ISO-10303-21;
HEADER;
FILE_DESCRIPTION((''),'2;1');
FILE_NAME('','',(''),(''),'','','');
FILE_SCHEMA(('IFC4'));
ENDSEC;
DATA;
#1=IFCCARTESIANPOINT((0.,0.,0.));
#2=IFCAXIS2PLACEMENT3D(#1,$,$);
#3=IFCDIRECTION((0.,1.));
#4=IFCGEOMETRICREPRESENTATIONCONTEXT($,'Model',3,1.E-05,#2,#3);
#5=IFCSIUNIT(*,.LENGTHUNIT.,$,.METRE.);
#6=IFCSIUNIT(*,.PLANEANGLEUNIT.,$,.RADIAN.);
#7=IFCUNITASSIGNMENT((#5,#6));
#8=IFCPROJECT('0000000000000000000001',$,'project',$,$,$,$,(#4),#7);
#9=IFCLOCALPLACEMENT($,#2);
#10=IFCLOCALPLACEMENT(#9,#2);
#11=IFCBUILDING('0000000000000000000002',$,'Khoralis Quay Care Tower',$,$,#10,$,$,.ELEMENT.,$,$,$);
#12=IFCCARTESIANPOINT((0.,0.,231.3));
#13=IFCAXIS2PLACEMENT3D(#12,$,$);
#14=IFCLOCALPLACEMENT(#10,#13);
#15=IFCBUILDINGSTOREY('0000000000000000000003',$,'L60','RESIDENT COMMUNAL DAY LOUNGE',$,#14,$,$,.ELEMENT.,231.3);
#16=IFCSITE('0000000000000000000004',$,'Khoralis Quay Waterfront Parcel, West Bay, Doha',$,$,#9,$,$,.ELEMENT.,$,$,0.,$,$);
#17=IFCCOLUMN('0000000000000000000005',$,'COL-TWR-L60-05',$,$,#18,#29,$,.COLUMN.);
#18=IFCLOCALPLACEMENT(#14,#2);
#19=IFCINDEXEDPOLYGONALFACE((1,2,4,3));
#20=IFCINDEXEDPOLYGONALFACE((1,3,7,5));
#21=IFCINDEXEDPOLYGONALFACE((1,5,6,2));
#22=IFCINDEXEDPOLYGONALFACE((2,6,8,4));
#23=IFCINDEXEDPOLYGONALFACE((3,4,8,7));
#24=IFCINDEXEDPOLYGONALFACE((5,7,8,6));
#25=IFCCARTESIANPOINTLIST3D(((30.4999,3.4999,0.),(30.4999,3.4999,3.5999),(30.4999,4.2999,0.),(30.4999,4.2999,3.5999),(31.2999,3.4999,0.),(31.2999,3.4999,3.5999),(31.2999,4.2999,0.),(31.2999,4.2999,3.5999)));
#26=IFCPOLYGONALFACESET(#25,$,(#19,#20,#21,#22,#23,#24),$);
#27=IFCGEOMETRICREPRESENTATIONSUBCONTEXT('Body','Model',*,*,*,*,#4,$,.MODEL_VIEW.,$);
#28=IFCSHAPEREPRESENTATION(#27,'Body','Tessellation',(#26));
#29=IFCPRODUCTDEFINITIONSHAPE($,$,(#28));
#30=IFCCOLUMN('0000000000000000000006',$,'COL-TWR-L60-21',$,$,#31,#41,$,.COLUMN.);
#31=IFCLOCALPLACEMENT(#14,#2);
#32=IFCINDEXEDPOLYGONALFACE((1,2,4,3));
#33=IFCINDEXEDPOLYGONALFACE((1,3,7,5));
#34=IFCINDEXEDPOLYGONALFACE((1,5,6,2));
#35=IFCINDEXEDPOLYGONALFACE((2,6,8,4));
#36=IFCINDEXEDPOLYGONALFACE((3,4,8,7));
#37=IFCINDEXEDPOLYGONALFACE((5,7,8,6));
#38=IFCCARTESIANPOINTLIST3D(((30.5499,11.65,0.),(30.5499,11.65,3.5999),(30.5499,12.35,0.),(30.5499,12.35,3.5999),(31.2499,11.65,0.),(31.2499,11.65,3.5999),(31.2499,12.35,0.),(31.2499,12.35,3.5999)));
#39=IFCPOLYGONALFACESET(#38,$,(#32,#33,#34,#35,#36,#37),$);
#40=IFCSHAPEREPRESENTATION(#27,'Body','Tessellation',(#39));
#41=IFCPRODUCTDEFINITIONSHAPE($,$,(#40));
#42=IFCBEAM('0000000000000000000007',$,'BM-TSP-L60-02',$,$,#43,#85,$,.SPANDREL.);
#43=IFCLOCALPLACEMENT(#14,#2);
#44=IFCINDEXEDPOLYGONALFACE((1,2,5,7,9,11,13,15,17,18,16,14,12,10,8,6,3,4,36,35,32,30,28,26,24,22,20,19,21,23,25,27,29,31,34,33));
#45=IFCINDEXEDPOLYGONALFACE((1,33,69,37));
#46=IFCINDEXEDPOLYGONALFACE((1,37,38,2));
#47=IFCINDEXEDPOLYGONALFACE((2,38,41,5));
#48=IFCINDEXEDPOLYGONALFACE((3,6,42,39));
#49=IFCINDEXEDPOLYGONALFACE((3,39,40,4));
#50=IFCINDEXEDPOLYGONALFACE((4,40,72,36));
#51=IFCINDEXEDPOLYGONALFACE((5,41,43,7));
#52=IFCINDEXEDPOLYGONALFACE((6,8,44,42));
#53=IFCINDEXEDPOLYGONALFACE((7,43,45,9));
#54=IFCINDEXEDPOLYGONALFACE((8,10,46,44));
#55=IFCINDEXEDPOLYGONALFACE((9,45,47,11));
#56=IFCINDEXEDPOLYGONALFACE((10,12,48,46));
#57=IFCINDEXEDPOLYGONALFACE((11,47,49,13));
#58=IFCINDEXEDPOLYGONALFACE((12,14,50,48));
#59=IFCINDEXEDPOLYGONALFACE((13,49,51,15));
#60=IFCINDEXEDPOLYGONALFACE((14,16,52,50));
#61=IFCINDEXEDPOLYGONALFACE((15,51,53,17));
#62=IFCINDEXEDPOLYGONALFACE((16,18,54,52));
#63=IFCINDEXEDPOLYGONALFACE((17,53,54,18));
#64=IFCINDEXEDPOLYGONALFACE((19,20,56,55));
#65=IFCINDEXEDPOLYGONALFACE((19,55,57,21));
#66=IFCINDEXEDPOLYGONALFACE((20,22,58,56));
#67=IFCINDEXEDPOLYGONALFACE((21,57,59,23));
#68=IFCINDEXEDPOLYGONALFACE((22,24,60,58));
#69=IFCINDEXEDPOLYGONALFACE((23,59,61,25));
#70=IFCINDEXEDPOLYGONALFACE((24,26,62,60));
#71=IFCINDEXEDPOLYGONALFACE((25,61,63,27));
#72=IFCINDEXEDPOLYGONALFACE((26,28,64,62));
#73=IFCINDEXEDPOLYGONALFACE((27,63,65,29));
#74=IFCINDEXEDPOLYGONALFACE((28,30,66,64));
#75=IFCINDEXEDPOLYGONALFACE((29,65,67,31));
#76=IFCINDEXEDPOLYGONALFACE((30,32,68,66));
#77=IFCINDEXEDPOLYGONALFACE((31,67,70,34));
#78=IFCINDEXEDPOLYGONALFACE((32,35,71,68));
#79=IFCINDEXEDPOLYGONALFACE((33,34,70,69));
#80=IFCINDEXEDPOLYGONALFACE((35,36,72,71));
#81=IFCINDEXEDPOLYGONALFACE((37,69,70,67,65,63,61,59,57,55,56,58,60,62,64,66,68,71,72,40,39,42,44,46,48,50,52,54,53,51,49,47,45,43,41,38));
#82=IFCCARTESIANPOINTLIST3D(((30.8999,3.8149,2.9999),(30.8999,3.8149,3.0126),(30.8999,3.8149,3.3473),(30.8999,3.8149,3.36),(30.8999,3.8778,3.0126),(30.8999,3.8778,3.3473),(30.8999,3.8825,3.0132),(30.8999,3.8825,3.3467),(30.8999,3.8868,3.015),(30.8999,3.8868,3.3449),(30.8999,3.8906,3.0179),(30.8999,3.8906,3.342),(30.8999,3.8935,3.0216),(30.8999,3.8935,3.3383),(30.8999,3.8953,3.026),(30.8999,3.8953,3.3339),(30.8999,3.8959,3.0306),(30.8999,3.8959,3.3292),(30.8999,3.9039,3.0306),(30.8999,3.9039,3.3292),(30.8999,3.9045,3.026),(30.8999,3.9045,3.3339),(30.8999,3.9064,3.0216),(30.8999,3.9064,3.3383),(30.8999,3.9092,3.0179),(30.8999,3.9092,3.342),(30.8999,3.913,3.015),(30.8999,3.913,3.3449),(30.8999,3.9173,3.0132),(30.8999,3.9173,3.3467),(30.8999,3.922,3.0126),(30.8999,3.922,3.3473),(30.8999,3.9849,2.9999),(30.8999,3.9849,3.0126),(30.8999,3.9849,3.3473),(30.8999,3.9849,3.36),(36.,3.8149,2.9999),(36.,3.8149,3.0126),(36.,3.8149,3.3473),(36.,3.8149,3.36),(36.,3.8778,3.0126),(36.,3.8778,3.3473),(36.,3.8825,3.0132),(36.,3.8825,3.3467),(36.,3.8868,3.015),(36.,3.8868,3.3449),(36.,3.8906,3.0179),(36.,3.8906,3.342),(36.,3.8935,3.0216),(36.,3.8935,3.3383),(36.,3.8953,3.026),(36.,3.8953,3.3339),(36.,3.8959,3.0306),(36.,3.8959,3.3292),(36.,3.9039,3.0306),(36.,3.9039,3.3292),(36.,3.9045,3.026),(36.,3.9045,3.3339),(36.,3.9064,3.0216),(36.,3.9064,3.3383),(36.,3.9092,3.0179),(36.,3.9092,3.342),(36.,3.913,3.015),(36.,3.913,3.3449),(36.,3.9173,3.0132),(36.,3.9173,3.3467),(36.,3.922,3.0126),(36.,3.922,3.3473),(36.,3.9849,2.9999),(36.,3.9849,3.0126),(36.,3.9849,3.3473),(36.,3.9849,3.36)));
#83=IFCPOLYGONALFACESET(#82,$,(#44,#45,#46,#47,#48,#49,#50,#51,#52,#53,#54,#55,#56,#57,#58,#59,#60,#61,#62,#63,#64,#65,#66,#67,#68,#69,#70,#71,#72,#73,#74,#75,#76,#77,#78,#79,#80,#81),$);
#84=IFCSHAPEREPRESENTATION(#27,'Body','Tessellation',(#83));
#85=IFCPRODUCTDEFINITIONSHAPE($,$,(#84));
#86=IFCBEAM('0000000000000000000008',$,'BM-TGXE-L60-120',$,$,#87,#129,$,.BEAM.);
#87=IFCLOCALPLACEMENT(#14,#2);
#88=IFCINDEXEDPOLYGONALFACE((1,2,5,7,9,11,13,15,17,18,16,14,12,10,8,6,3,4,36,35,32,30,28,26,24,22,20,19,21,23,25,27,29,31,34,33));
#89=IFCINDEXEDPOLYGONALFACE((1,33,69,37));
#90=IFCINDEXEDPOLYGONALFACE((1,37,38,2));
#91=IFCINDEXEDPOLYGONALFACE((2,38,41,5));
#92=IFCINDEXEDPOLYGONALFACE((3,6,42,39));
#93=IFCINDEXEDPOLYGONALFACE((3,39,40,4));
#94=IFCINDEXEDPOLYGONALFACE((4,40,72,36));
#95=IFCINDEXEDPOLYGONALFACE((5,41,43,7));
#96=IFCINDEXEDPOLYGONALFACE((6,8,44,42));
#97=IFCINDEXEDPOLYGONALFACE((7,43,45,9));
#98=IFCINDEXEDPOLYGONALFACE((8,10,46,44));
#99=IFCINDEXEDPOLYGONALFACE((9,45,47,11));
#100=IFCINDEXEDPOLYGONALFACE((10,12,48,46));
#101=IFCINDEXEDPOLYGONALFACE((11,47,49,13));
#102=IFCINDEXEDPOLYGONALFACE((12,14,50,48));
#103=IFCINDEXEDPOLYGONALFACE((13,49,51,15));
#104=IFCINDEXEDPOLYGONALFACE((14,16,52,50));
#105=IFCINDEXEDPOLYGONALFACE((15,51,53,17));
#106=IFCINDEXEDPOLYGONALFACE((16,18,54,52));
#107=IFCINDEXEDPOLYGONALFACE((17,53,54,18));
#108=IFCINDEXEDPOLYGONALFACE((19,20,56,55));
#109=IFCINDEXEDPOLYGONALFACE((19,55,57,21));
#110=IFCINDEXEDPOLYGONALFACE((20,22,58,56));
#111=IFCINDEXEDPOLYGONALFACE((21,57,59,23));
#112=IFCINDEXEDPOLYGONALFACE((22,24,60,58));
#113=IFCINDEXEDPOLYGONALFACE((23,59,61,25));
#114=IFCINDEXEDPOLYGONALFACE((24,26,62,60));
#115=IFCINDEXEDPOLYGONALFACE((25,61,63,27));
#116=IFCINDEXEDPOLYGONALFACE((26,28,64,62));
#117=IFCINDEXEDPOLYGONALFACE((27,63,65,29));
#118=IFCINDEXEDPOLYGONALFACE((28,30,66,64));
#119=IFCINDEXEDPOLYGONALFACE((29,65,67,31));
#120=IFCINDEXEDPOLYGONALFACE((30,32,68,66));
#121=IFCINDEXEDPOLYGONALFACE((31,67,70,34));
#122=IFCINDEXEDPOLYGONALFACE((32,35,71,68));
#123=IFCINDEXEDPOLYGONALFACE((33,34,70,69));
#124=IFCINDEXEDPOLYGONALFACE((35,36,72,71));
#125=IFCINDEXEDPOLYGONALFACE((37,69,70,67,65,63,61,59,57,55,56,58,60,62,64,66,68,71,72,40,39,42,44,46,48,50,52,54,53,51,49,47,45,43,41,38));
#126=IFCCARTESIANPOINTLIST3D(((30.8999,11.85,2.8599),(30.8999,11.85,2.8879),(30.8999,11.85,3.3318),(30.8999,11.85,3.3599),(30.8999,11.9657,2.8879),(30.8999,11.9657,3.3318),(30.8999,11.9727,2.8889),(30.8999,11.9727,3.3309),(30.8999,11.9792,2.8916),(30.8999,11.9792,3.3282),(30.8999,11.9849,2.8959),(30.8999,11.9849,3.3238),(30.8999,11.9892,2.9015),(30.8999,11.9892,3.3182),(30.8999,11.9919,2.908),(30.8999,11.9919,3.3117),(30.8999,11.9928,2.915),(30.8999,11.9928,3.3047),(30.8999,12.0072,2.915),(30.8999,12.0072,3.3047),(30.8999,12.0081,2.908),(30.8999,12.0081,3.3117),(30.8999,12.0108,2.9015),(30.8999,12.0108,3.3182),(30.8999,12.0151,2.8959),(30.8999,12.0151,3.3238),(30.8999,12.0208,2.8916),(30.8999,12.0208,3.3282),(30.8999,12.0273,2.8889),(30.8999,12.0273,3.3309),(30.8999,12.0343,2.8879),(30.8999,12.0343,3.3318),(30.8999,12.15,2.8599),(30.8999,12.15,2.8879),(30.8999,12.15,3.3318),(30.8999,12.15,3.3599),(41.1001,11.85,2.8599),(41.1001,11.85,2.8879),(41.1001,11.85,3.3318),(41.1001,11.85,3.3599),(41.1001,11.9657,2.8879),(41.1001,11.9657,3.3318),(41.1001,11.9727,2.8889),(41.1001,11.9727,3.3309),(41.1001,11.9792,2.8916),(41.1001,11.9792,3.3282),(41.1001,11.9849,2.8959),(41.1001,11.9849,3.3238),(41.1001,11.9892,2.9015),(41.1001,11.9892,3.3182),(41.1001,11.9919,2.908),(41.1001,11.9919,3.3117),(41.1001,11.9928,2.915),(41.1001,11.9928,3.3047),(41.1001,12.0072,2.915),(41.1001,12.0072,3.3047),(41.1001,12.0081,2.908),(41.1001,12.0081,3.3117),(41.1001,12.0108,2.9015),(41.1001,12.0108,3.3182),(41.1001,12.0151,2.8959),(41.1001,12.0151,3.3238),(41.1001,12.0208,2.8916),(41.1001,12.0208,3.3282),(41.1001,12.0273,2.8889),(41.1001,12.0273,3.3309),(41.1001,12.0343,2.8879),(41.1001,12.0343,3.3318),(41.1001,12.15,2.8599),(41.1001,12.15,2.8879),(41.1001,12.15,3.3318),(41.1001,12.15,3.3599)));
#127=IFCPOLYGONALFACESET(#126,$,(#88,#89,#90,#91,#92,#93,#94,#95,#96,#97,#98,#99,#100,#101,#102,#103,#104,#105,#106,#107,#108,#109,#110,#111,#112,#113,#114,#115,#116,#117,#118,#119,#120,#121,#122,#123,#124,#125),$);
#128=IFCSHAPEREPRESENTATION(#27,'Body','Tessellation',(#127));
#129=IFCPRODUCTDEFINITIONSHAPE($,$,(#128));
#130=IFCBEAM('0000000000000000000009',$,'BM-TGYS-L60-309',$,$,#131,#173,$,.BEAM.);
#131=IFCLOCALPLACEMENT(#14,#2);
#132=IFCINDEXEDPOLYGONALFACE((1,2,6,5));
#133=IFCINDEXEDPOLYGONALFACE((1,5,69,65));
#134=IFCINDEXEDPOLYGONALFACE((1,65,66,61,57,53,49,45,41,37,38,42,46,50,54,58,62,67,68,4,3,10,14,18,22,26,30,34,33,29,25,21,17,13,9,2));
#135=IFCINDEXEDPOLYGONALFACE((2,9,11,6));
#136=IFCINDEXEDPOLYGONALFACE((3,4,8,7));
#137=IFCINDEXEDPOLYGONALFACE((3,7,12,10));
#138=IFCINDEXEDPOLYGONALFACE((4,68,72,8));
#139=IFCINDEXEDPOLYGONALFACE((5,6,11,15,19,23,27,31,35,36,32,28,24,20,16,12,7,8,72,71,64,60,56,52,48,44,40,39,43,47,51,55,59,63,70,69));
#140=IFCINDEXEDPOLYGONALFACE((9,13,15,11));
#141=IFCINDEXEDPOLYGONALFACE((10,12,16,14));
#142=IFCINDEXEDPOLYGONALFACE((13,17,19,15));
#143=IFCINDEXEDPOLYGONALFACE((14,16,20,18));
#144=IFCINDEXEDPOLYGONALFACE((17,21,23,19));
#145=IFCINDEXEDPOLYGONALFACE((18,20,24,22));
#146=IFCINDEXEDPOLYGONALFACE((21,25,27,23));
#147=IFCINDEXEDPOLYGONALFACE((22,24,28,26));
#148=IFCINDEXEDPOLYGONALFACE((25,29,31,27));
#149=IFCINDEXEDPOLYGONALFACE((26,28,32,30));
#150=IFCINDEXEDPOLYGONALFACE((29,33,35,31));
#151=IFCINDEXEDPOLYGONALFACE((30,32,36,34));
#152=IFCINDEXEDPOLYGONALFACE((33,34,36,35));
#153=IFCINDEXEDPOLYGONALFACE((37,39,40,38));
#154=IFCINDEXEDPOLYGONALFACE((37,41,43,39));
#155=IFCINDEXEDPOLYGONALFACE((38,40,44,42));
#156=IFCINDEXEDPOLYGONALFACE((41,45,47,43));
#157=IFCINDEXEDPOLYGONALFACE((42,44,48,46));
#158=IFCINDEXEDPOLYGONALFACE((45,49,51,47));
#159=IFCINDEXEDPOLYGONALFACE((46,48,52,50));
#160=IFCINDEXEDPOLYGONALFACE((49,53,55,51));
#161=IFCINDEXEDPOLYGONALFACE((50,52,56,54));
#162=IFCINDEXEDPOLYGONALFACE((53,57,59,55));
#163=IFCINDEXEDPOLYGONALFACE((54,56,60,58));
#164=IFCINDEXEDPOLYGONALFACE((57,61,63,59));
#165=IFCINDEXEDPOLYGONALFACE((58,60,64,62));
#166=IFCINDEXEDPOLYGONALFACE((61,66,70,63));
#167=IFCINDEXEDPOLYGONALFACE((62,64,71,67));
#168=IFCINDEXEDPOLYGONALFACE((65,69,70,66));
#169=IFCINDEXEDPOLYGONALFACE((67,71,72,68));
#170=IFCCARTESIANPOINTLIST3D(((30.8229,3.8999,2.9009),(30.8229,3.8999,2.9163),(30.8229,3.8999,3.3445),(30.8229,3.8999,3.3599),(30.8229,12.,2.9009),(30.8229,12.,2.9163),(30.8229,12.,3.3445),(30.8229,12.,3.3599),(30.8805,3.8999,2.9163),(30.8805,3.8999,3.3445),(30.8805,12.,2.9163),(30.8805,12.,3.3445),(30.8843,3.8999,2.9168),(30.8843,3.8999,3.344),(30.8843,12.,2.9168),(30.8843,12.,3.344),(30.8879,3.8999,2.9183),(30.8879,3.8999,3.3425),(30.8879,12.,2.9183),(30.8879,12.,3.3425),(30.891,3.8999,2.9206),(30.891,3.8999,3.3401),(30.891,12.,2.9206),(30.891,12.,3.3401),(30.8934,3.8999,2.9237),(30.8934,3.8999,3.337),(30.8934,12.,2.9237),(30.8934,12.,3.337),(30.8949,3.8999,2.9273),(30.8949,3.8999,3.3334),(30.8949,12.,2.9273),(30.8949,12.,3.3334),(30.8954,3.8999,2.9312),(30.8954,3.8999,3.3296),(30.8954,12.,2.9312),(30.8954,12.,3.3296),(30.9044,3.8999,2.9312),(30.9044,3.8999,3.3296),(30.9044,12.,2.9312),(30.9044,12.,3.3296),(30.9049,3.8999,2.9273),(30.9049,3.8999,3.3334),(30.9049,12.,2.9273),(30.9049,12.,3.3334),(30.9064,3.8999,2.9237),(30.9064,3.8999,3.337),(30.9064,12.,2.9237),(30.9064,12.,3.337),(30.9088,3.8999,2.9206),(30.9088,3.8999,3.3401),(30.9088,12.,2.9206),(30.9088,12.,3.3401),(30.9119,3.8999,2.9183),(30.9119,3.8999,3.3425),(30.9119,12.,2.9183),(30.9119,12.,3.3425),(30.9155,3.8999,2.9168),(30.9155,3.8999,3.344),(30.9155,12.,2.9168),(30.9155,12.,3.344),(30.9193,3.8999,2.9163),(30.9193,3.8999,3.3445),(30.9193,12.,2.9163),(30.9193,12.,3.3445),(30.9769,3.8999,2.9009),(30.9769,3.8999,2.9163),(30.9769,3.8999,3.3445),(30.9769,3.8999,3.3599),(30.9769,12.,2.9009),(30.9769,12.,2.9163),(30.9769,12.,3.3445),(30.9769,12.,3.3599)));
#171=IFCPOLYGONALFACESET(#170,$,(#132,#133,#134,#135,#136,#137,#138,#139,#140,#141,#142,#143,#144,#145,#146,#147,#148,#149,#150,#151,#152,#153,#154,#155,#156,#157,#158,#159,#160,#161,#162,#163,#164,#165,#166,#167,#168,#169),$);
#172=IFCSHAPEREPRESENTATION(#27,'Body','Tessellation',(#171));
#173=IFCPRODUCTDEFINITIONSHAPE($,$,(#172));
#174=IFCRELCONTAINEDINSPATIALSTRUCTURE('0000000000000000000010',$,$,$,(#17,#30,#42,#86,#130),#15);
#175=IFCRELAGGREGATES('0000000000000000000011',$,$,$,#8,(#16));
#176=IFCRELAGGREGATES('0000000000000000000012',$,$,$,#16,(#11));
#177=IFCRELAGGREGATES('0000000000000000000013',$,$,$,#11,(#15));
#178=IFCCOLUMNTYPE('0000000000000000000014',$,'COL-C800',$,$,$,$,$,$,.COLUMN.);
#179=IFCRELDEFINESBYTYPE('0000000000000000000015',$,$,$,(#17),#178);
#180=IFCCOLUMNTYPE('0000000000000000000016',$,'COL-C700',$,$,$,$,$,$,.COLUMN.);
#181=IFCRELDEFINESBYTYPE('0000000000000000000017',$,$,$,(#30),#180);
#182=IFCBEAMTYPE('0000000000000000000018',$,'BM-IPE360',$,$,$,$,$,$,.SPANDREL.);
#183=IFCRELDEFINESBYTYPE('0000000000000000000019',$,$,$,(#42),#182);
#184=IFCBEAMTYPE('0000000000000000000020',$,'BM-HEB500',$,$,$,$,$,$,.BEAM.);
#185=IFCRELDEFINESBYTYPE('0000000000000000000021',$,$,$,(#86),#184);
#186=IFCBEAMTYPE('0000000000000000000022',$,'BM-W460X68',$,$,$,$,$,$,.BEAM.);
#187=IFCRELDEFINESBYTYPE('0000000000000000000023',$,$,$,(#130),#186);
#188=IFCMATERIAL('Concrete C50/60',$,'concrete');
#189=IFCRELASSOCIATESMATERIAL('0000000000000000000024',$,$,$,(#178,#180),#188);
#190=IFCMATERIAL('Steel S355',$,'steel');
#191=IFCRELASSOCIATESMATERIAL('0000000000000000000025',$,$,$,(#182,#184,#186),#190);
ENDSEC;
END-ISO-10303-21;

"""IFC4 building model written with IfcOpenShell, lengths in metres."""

from ifc_helpers import new_model, si_unit, direction, frame, origin, origin_2d, place, context, subcontext, project, spatial, rectangle, i_section, extrude, source, transform, mapped, material, material_profile, profile_set, type_object, element, save


model = new_model("IFC4")

# Units and contexts
model_context = context("Model", 3, precision=1e-05, world=origin(), true_north=direction((0.0, 1.0)))
body_context = subcontext(model_context, "Body", "Model", "MODEL_VIEW")
ifc_project = project(units=[si_unit("LENGTHUNIT", "METRE"), si_unit("PLANEANGLEUNIT", "RADIAN")], contexts=[model_context])

# Site, building, storey
site_placement = place(None, origin())
site = spatial("IfcSite", under=ifc_project, at=site_placement, Name="Khoralis Quay Waterfront Parcel, West Bay, Doha", CompositionType="ELEMENT", RefElevation=0.0)
building_placement = place(site_placement, origin())
building = spatial("IfcBuilding", under=site, at=building_placement, Name="Khoralis Quay Care Tower", CompositionType="ELEMENT")
storey_placement = place(building_placement, frame((0.0, 0.0, 231.3)))
storey = spatial("IfcBuildingStorey", under=building, at=storey_placement, Name="L60", Description="RESIDENT COMMUNAL DAY LOUNGE", CompositionType="ELEMENT", Elevation=231.3)

# Columns
ifc_material_1 = material(Name="Concrete C50/60", Category="concrete")
ifc_material_profile_1 = material_profile(ifc_material_1, rectangle(XDim=0.8, YDim=0.8, at=origin_2d()), Name="Concrete C50/60")
ifc_profile_set_1 = profile_set([ifc_material_profile_1], Name="Concrete C50/60")
column_type_1 = type_object("IfcColumnType", Name="COL-C800", PredefinedType="COLUMN", material=ifc_profile_set_1)
shared_shape_1 = source(origin(), body_context, "Body", "SweptSolid", [
    extrude(rectangle(XDim=0.8, YDim=0.8, at=origin_2d()), origin(), (0.0, 0.0, 1.0), 3.5999),
])
column_1_placement = place(storey_placement, frame((30.8999, 3.8999, 0.0), z_axis=(0.0, 0.0, 1.0), x_axis=(1.0, 0.0, 0.0)))
element("IfcColumn", 1, at=column_1_placement, inside=storey, type_object=column_type_1, Name="COL-TWR-L60-05", PredefinedType="COLUMN", context=body_context, shape_type="MappedRepresentation", body=[
    mapped(shared_shape_1, transform((0.0, 0.0, 0.0), scale=1.0)),
])
ifc_material_profile_2 = material_profile(ifc_material_1, rectangle(XDim=0.7, YDim=0.7, at=origin_2d()), Name="Concrete C50/60")
ifc_profile_set_2 = profile_set([ifc_material_profile_2], Name="Concrete C50/60")
column_type_2 = type_object("IfcColumnType", Name="COL-C700", PredefinedType="COLUMN", material=ifc_profile_set_2)
shared_shape_2 = source(origin(), body_context, "Body", "SweptSolid", [
    extrude(rectangle(XDim=0.7, YDim=0.7, at=origin_2d()), origin(), (0.0, 0.0, 1.0), 3.5999),
])
column_2_placement = place(storey_placement, frame((30.8999, 12.0, 0.0), z_axis=(0.0, 0.0, 1.0), x_axis=(1.0, 0.0, 0.0)))
element("IfcColumn", 2, at=column_2_placement, inside=storey, type_object=column_type_2, Name="COL-TWR-L60-21", PredefinedType="COLUMN", context=body_context, shape_type="MappedRepresentation", body=[
    mapped(shared_shape_2, transform((0.0, 0.0, 0.0), scale=1.0)),
])

# Beams
ifc_material_2 = material(Name="Steel S355", Category="steel")
ifc_material_profile_3 = material_profile(ifc_material_2, i_section(OverallWidth=0.1699, OverallDepth=0.3601, WebThickness=0.0081, FlangeThickness=0.0127, FilletRadius=0.0181, at=origin_2d()), Name="Steel S355")
ifc_profile_set_3 = profile_set([ifc_material_profile_3], Name="Steel S355")
beam_type_1 = type_object("IfcBeamType", Name="BM-IPE360", PredefinedType="SPANDREL", material=ifc_profile_set_3)
shared_shape_3 = source(origin(), body_context, "Body", "SweptSolid", [
    extrude(i_section(OverallWidth=0.1699, OverallDepth=0.3601, WebThickness=0.0081, FlangeThickness=0.0127, FilletRadius=0.0181, at=origin_2d()), origin(), (0.0, 0.0, 1.0), 5.1001),
])
beam_1_placement = place(storey_placement, frame((30.8999, 3.8999, 3.1799), z_axis=(1.0, 0.0, 0.0), x_axis=(0.0, 1.0, 0.0)))
element("IfcBeam", 3, at=beam_1_placement, inside=storey, type_object=beam_type_1, Name="BM-TSP-L60-02", PredefinedType="SPANDREL", context=body_context, shape_type="MappedRepresentation", body=[
    mapped(shared_shape_3, transform((0.0, 0.0, 0.0), scale=1.0)),
])
ifc_material_profile_4 = material_profile(ifc_material_2, i_section(OverallWidth=0.3, OverallDepth=0.5, WebThickness=0.0144, FlangeThickness=0.0281, FilletRadius=0.0271, at=origin_2d()), Name="Steel S355")
ifc_profile_set_4 = profile_set([ifc_material_profile_4], Name="Steel S355")
beam_type_2 = type_object("IfcBeamType", Name="BM-HEB500", PredefinedType="BEAM", material=ifc_profile_set_4)
shared_shape_4 = source(origin(), body_context, "Body", "SweptSolid", [
    extrude(i_section(OverallWidth=0.3, OverallDepth=0.5, WebThickness=0.0144, FlangeThickness=0.0281, FilletRadius=0.0271, at=origin_2d()), origin(), (0.0, 0.0, 1.0), 10.2002),
])
beam_2_placement = place(storey_placement, frame((30.8999, 12.0, 3.1099), z_axis=(1.0, 0.0, 0.0), x_axis=(0.0, 1.0, 0.0)))
element("IfcBeam", 4, at=beam_2_placement, inside=storey, type_object=beam_type_2, Name="BM-TGXE-L60-120", PredefinedType="BEAM", context=body_context, shape_type="MappedRepresentation", body=[
    mapped(shared_shape_4, transform((0.0, 0.0, 0.0), scale=1.0)),
])
ifc_material_profile_5 = material_profile(ifc_material_2, i_section(OverallWidth=0.1541, OverallDepth=0.459, WebThickness=0.009, FlangeThickness=0.0154, FilletRadius=0.0149, at=origin_2d()), Name="Steel S355")
ifc_profile_set_5 = profile_set([ifc_material_profile_5], Name="Steel S355")
beam_type_3 = type_object("IfcBeamType", Name="BM-W460X68", PredefinedType="BEAM", material=ifc_profile_set_5)
shared_shape_5 = source(origin(), body_context, "Body", "SweptSolid", [
    extrude(i_section(OverallWidth=0.1541, OverallDepth=0.459, WebThickness=0.009, FlangeThickness=0.0154, FilletRadius=0.0149, at=origin_2d()), origin(), (0.0, 0.0, 1.0), 8.1001),
])
beam_3_placement = place(storey_placement, frame((30.8999, 3.8999, 3.1304), z_axis=(0.0, 1.0, 0.0), x_axis=(-1.0, 0.0, 0.0)))
element("IfcBeam", 5, at=beam_3_placement, inside=storey, type_object=beam_type_3, Name="BM-TGYS-L60-309", PredefinedType="BEAM", context=body_context, shape_type="MappedRepresentation", body=[
    mapped(shared_shape_5, transform((0.0, 0.0, 0.0), scale=1.0)),
])

save(model, "model.ifc")
